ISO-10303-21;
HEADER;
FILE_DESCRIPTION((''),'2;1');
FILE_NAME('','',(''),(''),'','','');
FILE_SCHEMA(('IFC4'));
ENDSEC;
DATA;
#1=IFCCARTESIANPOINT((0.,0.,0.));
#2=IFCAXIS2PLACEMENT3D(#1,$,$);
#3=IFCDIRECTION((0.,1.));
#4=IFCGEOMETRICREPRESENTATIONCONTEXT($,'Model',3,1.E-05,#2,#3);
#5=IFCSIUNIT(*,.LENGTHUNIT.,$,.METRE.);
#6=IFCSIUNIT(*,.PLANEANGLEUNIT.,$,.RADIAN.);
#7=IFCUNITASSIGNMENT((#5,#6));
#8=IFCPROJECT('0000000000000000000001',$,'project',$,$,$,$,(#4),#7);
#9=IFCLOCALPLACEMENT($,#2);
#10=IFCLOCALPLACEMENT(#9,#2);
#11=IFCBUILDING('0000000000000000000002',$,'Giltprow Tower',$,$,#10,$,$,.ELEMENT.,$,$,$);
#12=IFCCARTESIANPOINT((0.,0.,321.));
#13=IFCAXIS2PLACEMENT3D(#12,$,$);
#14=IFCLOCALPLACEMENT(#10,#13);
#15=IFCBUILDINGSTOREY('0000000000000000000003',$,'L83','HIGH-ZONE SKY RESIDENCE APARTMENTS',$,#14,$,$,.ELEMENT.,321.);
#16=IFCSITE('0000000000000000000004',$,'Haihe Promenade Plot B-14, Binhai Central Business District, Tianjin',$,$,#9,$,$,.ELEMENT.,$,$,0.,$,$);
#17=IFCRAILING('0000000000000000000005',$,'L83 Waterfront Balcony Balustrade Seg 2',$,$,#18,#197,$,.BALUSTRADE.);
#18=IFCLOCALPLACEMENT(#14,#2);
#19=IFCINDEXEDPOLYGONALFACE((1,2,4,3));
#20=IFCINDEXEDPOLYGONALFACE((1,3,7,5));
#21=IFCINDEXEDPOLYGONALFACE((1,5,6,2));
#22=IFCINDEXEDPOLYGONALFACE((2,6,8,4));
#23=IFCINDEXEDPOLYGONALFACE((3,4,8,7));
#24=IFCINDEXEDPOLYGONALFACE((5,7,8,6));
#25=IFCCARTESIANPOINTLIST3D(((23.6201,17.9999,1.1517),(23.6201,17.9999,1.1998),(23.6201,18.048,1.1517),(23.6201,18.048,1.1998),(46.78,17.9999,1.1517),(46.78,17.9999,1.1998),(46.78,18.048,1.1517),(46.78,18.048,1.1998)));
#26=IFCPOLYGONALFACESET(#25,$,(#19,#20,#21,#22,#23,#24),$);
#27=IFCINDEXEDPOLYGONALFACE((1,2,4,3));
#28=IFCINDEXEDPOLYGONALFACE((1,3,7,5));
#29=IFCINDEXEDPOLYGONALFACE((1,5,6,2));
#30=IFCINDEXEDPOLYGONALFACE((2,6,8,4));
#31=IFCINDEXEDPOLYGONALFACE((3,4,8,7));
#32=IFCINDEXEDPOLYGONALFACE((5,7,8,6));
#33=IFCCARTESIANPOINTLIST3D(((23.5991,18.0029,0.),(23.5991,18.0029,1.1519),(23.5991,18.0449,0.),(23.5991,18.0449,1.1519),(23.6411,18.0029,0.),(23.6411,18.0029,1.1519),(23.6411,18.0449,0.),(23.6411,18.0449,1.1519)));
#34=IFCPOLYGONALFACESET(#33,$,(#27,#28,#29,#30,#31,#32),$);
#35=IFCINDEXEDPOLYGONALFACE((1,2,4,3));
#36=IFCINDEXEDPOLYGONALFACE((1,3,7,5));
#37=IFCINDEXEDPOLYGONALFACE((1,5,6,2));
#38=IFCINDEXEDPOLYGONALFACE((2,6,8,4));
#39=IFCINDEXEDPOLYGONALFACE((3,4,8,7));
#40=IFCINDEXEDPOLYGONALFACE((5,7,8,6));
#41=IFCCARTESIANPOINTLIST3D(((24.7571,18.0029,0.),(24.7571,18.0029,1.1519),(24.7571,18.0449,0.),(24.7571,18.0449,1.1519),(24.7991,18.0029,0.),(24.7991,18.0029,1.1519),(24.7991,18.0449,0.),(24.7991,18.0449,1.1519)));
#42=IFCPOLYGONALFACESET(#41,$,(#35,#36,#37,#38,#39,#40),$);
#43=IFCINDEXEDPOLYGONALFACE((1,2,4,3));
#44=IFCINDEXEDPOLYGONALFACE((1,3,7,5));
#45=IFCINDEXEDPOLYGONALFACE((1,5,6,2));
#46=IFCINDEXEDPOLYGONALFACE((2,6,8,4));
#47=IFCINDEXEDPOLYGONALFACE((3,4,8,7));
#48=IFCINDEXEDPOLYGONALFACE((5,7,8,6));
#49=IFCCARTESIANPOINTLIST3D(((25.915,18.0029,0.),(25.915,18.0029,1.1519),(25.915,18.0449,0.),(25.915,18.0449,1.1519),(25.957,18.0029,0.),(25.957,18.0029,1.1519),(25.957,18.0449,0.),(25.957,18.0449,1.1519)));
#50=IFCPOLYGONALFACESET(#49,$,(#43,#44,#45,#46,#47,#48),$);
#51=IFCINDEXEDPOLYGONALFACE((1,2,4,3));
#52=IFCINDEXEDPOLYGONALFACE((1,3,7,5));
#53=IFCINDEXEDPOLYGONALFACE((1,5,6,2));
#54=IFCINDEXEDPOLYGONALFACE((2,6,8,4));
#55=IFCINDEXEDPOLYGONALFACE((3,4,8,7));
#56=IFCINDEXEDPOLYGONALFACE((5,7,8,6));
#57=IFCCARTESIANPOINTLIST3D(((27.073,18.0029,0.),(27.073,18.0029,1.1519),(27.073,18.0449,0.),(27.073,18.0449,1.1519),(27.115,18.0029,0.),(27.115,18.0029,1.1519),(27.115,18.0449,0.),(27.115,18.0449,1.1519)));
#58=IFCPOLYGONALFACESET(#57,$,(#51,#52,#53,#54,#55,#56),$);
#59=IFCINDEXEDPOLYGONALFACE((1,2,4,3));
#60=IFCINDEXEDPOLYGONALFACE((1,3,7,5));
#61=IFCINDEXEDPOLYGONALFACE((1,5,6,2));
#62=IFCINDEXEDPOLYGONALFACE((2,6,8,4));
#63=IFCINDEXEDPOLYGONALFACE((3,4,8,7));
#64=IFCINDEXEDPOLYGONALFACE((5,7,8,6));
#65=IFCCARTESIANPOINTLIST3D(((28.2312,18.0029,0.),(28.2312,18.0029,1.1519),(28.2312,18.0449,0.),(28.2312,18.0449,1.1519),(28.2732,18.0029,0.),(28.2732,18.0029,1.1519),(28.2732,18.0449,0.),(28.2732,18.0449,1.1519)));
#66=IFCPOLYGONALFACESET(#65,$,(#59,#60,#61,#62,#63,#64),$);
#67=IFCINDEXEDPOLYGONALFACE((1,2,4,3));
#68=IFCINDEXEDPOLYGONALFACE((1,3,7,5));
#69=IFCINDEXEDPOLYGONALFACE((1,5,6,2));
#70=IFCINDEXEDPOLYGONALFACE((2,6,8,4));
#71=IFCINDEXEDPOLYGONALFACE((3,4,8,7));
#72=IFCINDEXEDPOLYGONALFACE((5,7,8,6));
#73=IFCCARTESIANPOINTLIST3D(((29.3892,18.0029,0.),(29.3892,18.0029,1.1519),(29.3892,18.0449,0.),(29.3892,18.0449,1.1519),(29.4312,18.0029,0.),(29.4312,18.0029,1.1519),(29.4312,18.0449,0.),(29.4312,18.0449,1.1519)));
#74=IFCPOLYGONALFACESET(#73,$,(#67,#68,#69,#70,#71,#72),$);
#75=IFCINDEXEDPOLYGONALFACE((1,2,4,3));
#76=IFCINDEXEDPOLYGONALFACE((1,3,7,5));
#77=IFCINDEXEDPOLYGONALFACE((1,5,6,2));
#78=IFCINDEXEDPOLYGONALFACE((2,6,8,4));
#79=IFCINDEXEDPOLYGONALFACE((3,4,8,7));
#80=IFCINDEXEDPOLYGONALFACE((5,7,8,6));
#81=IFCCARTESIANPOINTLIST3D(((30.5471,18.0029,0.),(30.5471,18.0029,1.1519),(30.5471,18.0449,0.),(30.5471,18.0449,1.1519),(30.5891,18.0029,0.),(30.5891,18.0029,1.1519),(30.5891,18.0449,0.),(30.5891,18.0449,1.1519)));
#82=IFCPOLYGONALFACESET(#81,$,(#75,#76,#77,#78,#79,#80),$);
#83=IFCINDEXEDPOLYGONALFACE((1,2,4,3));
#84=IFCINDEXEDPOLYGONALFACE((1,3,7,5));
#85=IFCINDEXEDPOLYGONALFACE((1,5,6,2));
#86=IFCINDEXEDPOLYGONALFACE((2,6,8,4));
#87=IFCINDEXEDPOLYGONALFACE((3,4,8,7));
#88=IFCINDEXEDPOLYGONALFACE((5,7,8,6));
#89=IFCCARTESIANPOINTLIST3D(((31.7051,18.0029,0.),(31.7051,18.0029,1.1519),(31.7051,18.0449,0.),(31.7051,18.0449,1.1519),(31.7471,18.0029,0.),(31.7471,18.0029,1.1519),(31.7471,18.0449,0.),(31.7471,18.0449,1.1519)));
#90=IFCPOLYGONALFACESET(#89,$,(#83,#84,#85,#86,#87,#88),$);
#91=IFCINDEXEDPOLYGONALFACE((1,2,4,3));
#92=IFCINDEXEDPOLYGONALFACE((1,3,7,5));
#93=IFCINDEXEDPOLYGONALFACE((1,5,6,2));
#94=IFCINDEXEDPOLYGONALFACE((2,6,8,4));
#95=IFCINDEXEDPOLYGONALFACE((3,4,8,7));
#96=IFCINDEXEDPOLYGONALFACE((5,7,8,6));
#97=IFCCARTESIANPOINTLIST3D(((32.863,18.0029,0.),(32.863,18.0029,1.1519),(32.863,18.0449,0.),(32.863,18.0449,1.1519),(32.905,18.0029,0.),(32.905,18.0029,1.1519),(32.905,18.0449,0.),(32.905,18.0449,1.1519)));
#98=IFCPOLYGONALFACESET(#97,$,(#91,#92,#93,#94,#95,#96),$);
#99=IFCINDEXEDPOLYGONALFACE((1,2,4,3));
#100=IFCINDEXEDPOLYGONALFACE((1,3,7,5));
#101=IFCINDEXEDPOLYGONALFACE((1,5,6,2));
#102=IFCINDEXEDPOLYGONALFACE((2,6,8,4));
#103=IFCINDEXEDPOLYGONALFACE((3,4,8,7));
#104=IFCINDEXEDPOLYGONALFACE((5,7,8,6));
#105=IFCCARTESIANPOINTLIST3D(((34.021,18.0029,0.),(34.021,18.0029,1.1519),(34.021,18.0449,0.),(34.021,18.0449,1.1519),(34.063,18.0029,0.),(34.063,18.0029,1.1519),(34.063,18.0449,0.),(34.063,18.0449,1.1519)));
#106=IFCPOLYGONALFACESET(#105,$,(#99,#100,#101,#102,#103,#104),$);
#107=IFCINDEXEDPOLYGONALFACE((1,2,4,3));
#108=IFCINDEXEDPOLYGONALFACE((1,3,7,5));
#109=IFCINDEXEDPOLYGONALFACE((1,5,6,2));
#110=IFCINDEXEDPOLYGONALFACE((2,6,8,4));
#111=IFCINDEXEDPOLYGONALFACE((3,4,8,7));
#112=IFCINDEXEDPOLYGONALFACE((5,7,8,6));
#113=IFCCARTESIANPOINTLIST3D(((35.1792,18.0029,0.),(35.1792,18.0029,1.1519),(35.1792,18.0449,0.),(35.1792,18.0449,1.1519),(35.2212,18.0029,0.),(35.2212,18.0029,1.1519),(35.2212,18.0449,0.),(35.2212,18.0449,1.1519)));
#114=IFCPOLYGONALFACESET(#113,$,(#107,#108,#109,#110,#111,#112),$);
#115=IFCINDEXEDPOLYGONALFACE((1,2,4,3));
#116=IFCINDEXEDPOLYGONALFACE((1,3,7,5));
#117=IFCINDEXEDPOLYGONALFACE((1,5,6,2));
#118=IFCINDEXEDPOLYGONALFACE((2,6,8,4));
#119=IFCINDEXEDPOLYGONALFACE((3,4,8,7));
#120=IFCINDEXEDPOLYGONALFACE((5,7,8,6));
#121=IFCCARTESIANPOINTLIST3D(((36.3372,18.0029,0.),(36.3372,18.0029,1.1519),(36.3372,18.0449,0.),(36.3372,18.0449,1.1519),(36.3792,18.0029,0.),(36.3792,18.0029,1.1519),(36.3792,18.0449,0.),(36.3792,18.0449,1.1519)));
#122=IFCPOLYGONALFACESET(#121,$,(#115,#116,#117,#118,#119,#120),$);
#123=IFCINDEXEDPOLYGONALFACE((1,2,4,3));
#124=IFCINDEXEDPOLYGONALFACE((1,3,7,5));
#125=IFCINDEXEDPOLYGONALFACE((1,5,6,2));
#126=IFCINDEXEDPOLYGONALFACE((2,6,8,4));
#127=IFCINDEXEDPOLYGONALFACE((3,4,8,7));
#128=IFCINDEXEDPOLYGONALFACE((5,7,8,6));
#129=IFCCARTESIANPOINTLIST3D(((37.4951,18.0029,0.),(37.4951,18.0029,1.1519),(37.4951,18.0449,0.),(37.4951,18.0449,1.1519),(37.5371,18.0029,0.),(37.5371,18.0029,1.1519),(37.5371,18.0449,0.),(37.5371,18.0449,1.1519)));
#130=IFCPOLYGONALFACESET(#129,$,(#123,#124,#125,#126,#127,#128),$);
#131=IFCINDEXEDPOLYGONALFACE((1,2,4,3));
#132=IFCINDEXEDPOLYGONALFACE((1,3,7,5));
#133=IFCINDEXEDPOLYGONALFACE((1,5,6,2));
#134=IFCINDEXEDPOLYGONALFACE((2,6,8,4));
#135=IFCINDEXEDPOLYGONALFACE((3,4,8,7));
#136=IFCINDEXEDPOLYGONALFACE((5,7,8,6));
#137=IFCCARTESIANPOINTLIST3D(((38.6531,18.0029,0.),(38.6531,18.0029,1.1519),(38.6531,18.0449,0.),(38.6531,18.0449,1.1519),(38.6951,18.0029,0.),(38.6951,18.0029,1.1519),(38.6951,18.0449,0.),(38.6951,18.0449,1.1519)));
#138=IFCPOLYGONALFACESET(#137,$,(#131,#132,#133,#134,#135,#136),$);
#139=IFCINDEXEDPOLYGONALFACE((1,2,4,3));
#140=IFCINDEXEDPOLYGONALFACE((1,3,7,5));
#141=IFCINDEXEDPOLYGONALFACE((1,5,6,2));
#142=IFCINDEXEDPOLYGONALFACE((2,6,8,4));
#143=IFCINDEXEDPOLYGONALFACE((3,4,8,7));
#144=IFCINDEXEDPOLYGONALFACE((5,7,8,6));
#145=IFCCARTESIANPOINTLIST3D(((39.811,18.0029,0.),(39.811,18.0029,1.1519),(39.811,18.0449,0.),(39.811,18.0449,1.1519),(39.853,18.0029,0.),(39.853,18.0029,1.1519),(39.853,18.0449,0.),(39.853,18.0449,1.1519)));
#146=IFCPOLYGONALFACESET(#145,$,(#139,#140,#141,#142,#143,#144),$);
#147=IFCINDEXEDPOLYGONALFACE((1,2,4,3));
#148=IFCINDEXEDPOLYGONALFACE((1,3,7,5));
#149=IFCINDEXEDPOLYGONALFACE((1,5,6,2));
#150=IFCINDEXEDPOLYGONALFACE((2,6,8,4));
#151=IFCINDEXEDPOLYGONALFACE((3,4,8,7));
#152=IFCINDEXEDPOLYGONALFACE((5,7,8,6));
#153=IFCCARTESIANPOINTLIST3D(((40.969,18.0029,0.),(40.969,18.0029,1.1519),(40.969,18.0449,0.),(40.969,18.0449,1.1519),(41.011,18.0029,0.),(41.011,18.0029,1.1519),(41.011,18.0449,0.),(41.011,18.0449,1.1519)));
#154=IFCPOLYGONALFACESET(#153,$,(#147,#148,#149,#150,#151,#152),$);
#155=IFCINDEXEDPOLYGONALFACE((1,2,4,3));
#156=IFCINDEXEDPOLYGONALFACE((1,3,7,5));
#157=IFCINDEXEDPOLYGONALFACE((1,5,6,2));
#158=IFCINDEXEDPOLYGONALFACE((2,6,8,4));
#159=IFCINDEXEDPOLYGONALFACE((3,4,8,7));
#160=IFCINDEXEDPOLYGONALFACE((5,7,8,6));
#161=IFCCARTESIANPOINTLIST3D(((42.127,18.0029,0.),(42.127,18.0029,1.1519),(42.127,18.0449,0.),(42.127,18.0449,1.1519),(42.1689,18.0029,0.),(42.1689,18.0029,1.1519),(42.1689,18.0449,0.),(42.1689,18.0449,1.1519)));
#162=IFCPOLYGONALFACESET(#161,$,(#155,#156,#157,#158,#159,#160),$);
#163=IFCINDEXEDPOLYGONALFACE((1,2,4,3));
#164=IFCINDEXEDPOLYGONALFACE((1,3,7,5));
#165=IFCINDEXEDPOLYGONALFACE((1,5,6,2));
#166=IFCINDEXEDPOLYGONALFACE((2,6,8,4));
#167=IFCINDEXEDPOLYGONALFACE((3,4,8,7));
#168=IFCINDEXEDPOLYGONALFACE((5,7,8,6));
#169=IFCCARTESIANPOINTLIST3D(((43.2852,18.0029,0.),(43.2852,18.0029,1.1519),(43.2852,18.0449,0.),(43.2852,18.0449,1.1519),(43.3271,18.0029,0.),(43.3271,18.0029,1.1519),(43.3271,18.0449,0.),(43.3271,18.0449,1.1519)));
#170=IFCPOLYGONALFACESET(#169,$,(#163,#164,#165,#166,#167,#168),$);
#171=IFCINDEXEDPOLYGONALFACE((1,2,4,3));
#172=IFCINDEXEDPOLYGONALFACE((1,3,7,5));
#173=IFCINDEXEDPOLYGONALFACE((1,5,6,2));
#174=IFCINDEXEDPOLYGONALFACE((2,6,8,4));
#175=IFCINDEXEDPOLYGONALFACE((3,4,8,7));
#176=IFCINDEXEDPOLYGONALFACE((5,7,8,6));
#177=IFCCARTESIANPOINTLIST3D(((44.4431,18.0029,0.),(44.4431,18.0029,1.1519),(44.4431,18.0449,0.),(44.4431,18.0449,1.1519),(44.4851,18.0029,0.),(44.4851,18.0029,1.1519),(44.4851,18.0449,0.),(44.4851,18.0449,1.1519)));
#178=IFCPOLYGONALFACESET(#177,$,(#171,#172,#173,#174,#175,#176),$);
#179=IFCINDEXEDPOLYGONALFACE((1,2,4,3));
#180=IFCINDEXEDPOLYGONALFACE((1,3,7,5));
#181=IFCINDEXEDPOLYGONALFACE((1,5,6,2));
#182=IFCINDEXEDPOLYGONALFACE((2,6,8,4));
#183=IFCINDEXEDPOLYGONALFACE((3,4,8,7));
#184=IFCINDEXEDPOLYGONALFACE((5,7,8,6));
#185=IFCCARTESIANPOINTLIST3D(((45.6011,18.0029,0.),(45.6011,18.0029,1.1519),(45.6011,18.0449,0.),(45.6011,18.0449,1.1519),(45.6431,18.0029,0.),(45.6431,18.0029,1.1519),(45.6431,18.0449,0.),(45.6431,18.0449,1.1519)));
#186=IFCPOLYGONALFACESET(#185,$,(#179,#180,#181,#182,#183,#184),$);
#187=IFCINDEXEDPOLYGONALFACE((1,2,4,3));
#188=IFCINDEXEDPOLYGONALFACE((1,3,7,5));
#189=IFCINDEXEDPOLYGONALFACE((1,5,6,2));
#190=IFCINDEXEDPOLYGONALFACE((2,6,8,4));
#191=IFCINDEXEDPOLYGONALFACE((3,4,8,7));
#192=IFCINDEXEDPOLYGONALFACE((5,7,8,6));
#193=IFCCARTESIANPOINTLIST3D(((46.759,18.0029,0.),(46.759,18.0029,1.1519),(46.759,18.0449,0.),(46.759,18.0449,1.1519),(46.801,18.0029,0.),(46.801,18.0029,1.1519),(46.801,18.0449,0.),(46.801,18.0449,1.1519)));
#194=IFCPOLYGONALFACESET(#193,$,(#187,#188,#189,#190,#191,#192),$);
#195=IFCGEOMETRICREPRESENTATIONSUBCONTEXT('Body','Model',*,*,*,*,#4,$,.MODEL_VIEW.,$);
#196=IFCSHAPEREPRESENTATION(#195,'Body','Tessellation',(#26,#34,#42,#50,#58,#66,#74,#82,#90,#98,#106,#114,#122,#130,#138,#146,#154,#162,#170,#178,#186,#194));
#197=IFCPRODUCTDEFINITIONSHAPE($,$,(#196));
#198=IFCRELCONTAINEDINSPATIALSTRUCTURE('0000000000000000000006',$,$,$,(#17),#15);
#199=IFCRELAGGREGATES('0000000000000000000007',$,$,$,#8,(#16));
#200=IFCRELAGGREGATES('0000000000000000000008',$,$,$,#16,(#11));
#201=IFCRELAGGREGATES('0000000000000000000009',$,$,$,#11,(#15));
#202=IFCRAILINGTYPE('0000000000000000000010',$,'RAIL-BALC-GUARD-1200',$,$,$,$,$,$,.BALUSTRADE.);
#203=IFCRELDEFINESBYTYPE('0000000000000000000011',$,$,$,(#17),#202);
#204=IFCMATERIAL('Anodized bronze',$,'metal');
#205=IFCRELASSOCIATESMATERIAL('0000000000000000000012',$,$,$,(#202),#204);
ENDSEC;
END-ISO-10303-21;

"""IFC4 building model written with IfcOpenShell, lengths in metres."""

from ifc_helpers import new_model, si_unit, direction, frame, origin, origin_2d, place, context, subcontext, project, spatial, rectangle, extrude, material, type_object, element, save


model = new_model("IFC4")

# Units and contexts
model_context = context("Model", 3, precision=1e-05, world=origin(), true_north=direction((0.0, 1.0)))
body_context = subcontext(model_context, "Body", "Model", "MODEL_VIEW")
ifc_project = project(units=[si_unit("LENGTHUNIT", "METRE"), si_unit("PLANEANGLEUNIT", "RADIAN")], contexts=[model_context])

# Site, building, storey
site_placement = place(None, origin())
site = spatial("IfcSite", under=ifc_project, at=site_placement, Name="Haihe Promenade Plot B-14, Binhai Central Business District, Tianjin", CompositionType="ELEMENT", RefElevation=0.0)
building_placement = place(site_placement, origin())
building = spatial("IfcBuilding", under=site, at=building_placement, Name="Giltprow Tower", CompositionType="ELEMENT")
storey_placement = place(building_placement, frame((0.0, 0.0, 321.0)))
storey = spatial("IfcBuildingStorey", under=building, at=storey_placement, Name="L83", Description="HIGH-ZONE SKY RESIDENCE APARTMENTS", CompositionType="ELEMENT", Elevation=321.0)

# Shared definitions
ifc_material_1 = material(Name="Anodized bronze", Category="metal")

# Railing
railing_type = type_object("IfcRailingType", Name="RAIL-BALC-GUARD-1200", PredefinedType="BALUSTRADE", material=ifc_material_1)
railing_1_placement = place(storey_placement, frame((23.6201, 18.0239, 0.0)))
element("IfcRailing", 1, at=railing_1_placement, inside=storey, type_object=railing_type, Name="L83 Waterfront Balcony Balustrade Seg 2", PredefinedType="BALUSTRADE", context=body_context, shape_type="SweptSolid", body=[
    extrude(rectangle(XDim=0.0481, YDim=0.0481, at=origin_2d()), frame((0.0, 0.0, 1.1758), z_axis=(1.0, 0.0, 0.0), x_axis=(0.0, 1.0, 0.0)), (0.0, 0.0, 1.0), 23.1599),
    extrude(rectangle(XDim=0.042, YDim=0.042, at=origin_2d()), origin(), (0.0, 0.0, 1.0), 1.1519),
    extrude(rectangle(XDim=0.042, YDim=0.042, at=origin_2d()), frame((1.158, 0.0, 0.0)), (0.0, 0.0, 1.0), 1.1519),
    extrude(rectangle(XDim=0.042, YDim=0.042, at=origin_2d()), frame((2.3159, 0.0, 0.0)), (0.0, 0.0, 1.0), 1.1519),
    extrude(rectangle(XDim=0.042, YDim=0.042, at=origin_2d()), frame((3.4739, 0.0, 0.0)), (0.0, 0.0, 1.0), 1.1519),
    extrude(rectangle(XDim=0.042, YDim=0.042, at=origin_2d()), frame((4.6321, 0.0, 0.0)), (0.0, 0.0, 1.0), 1.1519),
    extrude(rectangle(XDim=0.042, YDim=0.042, at=origin_2d()), frame((5.79, 0.0, 0.0)), (0.0, 0.0, 1.0), 1.1519),
    extrude(rectangle(XDim=0.042, YDim=0.042, at=origin_2d()), frame((6.948, 0.0, 0.0)), (0.0, 0.0, 1.0), 1.1519),
    extrude(rectangle(XDim=0.042, YDim=0.042, at=origin_2d()), frame((8.106, 0.0, 0.0)), (0.0, 0.0, 1.0), 1.1519),
    extrude(rectangle(XDim=0.042, YDim=0.042, at=origin_2d()), frame((9.2639, 0.0, 0.0)), (0.0, 0.0, 1.0), 1.1519),
    extrude(rectangle(XDim=0.042, YDim=0.042, at=origin_2d()), frame((10.4219, 0.0, 0.0)), (0.0, 0.0, 1.0), 1.1519),
    extrude(rectangle(XDim=0.042, YDim=0.042, at=origin_2d()), frame((11.5801, 0.0, 0.0)), (0.0, 0.0, 1.0), 1.1519),
    extrude(rectangle(XDim=0.042, YDim=0.042, at=origin_2d()), frame((12.738, 0.0, 0.0)), (0.0, 0.0, 1.0), 1.1519),
    extrude(rectangle(XDim=0.042, YDim=0.042, at=origin_2d()), frame((13.896, 0.0, 0.0)), (0.0, 0.0, 1.0), 1.1519),
    extrude(rectangle(XDim=0.042, YDim=0.042, at=origin_2d()), frame((15.054, 0.0, 0.0)), (0.0, 0.0, 1.0), 1.1519),
    extrude(rectangle(XDim=0.042, YDim=0.042, at=origin_2d()), frame((16.2119, 0.0, 0.0)), (0.0, 0.0, 1.0), 1.1519),
    extrude(rectangle(XDim=0.042, YDim=0.042, at=origin_2d()), frame((17.3699, 0.0, 0.0)), (0.0, 0.0, 1.0), 1.1519),
    extrude(rectangle(XDim=0.042, YDim=0.042, at=origin_2d()), frame((18.5278, 0.0, 0.0)), (0.0, 0.0, 1.0), 1.1519),
    extrude(rectangle(XDim=0.042, YDim=0.042, at=origin_2d()), frame((19.686, 0.0, 0.0)), (0.0, 0.0, 1.0), 1.1519),
    extrude(rectangle(XDim=0.042, YDim=0.042, at=origin_2d()), frame((20.844, 0.0, 0.0)), (0.0, 0.0, 1.0), 1.1519),
    extrude(rectangle(XDim=0.042, YDim=0.042, at=origin_2d()), frame((22.002, 0.0, 0.0)), (0.0, 0.0, 1.0), 1.1519),
    extrude(rectangle(XDim=0.042, YDim=0.042, at=origin_2d()), frame((23.1599, 0.0, 0.0)), (0.0, 0.0, 1.0), 1.1519),
])

save(model, "model.ifc")
